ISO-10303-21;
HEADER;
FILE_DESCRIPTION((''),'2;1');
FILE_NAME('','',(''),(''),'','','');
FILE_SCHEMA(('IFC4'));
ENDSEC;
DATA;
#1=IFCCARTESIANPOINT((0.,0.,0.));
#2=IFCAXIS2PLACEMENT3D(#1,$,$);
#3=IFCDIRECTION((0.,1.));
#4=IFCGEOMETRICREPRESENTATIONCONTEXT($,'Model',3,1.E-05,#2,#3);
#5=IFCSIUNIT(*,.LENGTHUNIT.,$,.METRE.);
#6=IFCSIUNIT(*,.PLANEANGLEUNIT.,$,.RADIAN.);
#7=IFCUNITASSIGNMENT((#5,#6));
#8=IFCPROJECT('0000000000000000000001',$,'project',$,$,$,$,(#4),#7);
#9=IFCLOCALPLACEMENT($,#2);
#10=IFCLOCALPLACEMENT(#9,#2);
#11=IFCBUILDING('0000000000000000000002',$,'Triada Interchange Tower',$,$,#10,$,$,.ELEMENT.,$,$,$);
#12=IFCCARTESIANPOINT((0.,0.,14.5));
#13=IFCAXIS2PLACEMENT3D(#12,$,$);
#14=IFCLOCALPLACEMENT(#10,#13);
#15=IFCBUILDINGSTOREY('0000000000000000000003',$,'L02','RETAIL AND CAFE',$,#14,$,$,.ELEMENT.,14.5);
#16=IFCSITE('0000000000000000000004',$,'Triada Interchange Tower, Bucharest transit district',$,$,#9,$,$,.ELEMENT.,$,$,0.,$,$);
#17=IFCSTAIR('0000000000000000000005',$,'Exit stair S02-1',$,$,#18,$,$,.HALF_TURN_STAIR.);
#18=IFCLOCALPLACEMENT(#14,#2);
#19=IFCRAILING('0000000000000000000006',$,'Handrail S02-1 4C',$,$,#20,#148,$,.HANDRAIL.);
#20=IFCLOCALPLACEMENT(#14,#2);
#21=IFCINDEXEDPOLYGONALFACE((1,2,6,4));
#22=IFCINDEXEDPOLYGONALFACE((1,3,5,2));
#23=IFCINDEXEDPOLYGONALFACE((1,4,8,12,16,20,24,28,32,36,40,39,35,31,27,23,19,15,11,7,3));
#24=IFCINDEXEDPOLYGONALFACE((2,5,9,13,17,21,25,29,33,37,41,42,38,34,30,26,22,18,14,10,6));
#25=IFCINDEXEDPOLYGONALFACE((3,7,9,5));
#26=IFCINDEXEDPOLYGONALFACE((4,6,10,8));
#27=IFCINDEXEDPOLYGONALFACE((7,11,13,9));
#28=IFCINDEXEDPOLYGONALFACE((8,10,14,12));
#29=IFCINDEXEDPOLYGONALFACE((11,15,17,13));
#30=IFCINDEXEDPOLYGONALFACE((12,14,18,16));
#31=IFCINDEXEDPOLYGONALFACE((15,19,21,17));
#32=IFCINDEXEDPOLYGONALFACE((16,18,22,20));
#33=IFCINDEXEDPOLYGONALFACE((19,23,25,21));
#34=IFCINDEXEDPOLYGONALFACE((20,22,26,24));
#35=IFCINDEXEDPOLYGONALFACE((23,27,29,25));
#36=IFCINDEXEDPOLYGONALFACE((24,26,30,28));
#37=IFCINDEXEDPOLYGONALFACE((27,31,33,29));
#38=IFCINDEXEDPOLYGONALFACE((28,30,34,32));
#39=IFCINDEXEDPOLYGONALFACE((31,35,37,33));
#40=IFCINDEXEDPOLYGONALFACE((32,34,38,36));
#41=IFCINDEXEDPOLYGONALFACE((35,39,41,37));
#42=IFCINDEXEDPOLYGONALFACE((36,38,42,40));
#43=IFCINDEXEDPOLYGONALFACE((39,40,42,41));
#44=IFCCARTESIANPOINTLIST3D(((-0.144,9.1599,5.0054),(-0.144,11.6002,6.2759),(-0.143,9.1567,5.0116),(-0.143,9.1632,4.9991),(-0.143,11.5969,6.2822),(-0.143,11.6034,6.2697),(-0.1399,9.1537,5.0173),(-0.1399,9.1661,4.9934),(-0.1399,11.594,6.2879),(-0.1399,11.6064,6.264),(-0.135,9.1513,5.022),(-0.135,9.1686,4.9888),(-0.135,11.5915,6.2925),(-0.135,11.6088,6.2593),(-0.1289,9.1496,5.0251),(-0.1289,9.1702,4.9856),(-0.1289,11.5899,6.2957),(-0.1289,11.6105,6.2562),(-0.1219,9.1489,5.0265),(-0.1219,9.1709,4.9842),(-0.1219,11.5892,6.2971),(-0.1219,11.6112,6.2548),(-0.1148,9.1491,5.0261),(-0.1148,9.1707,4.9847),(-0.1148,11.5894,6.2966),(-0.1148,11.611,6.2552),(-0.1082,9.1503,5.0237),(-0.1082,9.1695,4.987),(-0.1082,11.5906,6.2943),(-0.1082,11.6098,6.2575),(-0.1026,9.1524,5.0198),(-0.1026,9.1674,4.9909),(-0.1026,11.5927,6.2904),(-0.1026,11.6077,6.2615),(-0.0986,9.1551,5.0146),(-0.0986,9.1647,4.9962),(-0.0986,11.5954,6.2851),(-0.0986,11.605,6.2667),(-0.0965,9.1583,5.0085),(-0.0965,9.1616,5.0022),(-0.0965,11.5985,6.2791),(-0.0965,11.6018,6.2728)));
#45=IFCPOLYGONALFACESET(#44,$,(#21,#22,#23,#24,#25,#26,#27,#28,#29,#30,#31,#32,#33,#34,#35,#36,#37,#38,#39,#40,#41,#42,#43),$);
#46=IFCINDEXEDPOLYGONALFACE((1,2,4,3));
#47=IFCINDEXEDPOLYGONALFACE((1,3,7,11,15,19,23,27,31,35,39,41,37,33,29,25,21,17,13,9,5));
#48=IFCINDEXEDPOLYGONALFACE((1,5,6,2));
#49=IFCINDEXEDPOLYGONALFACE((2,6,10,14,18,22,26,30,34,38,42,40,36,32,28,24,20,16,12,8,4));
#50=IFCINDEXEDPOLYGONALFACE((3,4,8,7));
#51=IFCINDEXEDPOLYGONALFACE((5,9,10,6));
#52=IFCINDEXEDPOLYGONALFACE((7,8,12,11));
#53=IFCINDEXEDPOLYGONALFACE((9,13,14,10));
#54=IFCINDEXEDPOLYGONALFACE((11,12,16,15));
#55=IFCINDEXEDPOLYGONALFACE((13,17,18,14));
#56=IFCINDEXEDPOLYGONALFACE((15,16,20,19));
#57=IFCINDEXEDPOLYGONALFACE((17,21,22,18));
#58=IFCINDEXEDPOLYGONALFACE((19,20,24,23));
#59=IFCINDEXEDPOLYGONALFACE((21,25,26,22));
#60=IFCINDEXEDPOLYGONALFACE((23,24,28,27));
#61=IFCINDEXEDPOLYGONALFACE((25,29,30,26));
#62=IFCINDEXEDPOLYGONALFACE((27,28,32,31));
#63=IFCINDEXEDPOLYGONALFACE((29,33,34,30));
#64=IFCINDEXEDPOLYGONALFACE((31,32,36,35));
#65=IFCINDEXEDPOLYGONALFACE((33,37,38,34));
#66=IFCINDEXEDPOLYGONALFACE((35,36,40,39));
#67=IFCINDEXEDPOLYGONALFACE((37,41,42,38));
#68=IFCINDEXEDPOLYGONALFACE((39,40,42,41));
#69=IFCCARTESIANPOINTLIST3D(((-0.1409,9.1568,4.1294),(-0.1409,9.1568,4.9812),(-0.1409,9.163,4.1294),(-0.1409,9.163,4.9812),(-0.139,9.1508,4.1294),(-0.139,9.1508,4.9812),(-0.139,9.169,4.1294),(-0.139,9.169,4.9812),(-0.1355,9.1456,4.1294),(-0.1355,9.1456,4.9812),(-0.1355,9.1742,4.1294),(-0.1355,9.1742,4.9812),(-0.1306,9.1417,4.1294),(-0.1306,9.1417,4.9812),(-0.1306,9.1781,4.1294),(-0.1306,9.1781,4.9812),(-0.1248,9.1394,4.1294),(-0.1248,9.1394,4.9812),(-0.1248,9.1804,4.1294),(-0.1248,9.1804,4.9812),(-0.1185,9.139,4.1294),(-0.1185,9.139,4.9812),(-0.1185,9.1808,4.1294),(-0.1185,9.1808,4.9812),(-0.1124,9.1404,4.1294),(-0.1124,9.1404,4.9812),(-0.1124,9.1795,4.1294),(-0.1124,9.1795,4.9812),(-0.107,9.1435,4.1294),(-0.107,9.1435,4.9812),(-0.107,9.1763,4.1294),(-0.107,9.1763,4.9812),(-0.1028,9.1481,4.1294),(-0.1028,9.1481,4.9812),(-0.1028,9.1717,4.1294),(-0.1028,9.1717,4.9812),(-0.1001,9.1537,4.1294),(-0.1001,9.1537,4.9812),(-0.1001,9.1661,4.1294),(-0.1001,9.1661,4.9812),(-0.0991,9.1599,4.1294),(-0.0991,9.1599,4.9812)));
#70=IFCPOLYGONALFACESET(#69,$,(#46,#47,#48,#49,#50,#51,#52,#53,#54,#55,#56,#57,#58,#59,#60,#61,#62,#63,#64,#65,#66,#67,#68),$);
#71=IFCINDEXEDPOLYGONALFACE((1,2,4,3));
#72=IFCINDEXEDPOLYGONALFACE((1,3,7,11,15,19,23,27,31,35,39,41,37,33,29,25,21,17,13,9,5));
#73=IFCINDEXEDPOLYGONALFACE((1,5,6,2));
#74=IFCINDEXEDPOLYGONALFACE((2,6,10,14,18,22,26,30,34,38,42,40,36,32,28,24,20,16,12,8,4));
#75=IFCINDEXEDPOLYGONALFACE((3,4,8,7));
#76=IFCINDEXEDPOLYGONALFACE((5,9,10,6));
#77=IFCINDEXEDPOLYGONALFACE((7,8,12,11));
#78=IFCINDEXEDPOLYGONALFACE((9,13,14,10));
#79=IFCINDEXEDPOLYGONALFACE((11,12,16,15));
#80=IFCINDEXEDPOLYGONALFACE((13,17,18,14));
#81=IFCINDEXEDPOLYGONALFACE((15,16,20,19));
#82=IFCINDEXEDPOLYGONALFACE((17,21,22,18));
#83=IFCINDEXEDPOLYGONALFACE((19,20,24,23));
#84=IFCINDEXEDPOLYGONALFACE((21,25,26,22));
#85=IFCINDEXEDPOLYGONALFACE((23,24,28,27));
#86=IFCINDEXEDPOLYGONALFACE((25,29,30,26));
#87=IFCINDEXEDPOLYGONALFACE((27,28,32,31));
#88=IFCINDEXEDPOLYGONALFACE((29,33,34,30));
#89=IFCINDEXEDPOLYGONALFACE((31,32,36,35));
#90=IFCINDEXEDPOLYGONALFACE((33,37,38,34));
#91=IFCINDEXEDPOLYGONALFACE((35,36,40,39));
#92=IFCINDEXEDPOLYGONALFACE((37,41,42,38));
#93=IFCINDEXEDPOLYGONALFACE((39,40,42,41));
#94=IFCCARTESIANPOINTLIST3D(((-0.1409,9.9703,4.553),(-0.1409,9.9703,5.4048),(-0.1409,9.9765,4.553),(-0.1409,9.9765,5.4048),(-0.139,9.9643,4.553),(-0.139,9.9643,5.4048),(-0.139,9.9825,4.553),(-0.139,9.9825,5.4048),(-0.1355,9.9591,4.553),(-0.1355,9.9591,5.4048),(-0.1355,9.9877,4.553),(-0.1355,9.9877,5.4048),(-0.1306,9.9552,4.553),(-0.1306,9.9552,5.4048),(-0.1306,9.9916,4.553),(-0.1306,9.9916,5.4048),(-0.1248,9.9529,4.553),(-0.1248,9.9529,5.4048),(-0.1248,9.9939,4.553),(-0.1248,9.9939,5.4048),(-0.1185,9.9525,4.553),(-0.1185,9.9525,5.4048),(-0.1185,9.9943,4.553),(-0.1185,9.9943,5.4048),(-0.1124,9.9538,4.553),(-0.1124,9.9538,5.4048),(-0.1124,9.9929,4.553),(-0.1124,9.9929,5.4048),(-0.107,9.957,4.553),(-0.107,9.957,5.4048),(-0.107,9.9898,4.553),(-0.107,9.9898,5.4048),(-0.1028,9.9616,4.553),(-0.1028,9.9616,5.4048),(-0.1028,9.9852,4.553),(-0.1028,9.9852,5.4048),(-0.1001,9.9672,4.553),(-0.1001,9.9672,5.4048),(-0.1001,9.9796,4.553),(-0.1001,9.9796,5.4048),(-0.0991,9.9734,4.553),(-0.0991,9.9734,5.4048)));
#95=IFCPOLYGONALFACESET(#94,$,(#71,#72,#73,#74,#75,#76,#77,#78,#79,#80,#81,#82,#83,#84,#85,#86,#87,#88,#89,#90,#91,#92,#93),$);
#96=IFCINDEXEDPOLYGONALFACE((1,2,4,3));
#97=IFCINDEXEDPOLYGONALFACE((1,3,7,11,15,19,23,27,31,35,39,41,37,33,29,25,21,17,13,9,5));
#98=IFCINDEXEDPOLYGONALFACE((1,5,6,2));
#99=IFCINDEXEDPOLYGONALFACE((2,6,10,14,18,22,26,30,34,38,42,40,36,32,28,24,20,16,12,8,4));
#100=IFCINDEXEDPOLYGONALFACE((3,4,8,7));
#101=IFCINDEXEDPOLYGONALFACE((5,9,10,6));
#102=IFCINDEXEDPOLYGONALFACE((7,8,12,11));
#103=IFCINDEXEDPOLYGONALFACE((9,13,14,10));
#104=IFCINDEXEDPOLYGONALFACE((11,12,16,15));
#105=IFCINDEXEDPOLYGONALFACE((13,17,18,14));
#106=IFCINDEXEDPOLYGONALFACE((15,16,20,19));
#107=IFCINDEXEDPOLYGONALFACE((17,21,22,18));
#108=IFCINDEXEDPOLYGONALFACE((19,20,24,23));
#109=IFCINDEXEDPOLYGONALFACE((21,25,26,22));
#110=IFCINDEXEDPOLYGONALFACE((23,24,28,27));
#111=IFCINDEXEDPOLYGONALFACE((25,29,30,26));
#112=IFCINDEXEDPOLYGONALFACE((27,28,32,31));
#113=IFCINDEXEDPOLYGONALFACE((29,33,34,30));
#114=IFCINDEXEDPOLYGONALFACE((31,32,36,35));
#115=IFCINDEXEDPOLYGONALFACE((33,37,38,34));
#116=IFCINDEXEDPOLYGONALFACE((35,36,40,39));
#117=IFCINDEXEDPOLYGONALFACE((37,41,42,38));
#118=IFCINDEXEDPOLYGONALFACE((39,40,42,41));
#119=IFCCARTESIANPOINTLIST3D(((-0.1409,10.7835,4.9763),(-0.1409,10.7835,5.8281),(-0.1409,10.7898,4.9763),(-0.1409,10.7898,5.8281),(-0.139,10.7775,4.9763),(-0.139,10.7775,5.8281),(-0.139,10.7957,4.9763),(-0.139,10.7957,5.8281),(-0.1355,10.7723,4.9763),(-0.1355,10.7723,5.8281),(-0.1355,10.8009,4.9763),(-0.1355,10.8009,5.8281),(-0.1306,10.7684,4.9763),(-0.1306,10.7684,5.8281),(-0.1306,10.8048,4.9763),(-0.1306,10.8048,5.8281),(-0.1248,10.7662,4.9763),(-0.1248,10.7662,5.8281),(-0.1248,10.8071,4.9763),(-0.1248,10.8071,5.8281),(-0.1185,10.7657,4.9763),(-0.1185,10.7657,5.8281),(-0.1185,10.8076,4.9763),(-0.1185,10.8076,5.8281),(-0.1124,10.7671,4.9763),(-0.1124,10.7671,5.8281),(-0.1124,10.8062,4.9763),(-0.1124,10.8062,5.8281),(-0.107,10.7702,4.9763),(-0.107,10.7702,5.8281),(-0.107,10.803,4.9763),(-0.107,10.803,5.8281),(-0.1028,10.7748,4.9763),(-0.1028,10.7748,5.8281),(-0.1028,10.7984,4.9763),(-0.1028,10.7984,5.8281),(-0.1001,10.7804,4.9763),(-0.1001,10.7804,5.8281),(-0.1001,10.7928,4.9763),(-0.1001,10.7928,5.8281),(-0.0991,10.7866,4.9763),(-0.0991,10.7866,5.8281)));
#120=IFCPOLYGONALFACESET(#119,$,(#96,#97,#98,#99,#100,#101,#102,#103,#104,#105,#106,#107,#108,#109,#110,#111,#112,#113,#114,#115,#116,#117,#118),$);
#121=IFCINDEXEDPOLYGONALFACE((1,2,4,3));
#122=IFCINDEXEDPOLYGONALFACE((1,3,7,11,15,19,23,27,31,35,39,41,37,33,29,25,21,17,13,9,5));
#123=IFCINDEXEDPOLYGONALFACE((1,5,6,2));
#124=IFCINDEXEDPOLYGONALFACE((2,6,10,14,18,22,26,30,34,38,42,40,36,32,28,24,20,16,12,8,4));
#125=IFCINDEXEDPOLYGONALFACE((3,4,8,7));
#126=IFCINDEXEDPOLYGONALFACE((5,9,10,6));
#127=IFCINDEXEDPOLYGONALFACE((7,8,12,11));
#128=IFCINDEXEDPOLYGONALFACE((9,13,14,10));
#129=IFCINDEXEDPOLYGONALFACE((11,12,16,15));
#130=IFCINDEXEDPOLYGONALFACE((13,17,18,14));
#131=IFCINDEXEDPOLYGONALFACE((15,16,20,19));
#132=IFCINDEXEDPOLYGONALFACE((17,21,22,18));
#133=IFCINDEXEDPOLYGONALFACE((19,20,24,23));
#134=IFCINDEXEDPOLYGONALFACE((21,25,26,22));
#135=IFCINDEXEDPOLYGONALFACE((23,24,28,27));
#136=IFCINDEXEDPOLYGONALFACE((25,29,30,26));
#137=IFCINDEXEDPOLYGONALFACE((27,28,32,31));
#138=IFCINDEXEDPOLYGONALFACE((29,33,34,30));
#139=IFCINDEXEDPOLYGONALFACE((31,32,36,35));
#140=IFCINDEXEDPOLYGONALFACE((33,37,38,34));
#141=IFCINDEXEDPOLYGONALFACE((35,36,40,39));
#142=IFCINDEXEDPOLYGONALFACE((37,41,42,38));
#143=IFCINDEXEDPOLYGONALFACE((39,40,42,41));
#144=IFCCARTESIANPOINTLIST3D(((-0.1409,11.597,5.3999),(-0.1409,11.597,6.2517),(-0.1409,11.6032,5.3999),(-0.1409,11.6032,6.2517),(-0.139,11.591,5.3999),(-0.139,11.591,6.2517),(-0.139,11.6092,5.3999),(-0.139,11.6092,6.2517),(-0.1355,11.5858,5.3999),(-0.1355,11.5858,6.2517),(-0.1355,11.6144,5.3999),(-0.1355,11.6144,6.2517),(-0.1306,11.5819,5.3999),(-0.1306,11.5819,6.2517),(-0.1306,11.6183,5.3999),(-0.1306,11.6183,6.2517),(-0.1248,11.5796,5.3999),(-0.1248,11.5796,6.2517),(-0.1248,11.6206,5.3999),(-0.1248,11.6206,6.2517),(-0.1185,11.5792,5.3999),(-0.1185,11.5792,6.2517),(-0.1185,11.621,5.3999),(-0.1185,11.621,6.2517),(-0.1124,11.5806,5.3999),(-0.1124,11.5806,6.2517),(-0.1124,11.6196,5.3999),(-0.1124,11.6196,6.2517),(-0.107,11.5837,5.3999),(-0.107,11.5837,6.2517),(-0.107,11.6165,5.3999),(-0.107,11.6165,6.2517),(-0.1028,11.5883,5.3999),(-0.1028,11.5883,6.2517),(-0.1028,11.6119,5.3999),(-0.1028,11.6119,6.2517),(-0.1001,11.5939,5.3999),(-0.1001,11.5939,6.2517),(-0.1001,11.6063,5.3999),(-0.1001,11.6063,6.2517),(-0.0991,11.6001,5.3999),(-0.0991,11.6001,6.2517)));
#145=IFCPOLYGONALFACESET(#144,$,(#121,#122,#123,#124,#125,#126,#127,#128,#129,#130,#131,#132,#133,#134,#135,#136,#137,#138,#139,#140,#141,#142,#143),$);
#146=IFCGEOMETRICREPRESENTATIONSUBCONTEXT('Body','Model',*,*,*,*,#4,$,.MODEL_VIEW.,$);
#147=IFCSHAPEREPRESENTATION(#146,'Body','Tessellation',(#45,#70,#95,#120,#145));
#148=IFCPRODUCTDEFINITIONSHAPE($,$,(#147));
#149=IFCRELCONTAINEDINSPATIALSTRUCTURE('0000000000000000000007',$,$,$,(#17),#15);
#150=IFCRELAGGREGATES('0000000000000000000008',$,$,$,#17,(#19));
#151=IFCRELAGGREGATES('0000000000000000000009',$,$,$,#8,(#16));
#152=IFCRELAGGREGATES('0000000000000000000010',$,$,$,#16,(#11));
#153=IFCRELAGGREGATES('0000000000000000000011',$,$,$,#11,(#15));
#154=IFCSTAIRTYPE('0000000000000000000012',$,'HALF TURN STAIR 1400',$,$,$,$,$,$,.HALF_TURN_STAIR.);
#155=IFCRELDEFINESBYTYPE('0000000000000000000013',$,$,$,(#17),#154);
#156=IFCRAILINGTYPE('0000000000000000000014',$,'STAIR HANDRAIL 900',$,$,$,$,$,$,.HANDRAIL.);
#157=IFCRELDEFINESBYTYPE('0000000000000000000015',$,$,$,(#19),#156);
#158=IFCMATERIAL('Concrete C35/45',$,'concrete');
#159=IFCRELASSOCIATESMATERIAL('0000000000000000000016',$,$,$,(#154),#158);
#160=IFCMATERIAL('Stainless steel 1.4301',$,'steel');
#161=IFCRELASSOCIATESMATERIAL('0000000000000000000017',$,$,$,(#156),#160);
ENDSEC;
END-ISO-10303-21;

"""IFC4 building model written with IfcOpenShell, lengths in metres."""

from ifc_helpers import new_model, si_unit, direction, frame, origin, origin_2d, place, context, subcontext, project, spatial, circle, extrude, material, type_object, element, aggregate, save


model = new_model("IFC4")

# Units and contexts
model_context = context("Model", 3, precision=1e-05, world=origin(), true_north=direction((0.0, 1.0)))
body_context = subcontext(model_context, "Body", "Model", "MODEL_VIEW")
ifc_project = project(units=[si_unit("LENGTHUNIT", "METRE"), si_unit("PLANEANGLEUNIT", "RADIAN")], contexts=[model_context])

# Site, building, storey
site_placement = place(None, origin())
site = spatial("IfcSite", under=ifc_project, at=site_placement, Name="Triada Interchange Tower, Bucharest transit district", CompositionType="ELEMENT", RefElevation=0.0)
building_placement = place(site_placement, origin())
building = spatial("IfcBuilding", under=site, at=building_placement, Name="Triada Interchange Tower", CompositionType="ELEMENT")
storey_placement = place(building_placement, frame((0.0, 0.0, 14.5)))
storey = spatial("IfcBuildingStorey", under=building, at=storey_placement, Name="L02", Description="RETAIL AND CAFE", CompositionType="ELEMENT", Elevation=14.5)

# Stair, railing
ifc_material_1 = material(Name="Concrete C35/45", Category="concrete")
stair_type = type_object("IfcStairType", Name="HALF TURN STAIR 1400", PredefinedType="HALF_TURN_STAIR", material=ifc_material_1)
stair_placement = place(storey_placement, origin())
stair = element("IfcStair", 1, at=stair_placement, inside=storey, type_object=stair_type, Name="Exit stair S02-1", PredefinedType="HALF_TURN_STAIR")
ifc_material_2 = material(Name="Stainless steel 1.4301", Category="steel")
railing_type = type_object("IfcRailingType", Name="STAIR HANDRAIL 900", PredefinedType="HANDRAIL", material=ifc_material_2)
railing_1_placement = place(storey_placement, frame((-0.1201, 9.1599, 4.1294)))
railing_1 = element("IfcRailing", 2, at=railing_1_placement, type_object=railing_type, Name="Handrail S02-1 4C", PredefinedType="HANDRAIL", context=body_context, shape_type="SweptSolid", body=[
    extrude(circle(Radius=0.0239, at=origin_2d()), frame((0.0, 0.0, 0.876), z_axis=(0.0, 0.886977, 0.461814), x_axis=(-1.0, 0.0, 0.0)), (0.0, 0.0, 1.0), 2.7512),
    extrude(circle(Radius=0.021, at=origin_2d()), origin(), (0.0, 0.0, 1.0), 0.8518),
    extrude(circle(Radius=0.021, at=origin_2d()), frame((0.0, 0.8135, 0.4236)), (0.0, 0.0, 1.0), 0.8518),
    extrude(circle(Radius=0.021, at=origin_2d()), frame((0.0, 1.6267, 0.8469)), (0.0, 0.0, 1.0), 0.8518),
    extrude(circle(Radius=0.021, at=origin_2d()), frame((0.0, 2.4402, 1.2705)), (0.0, 0.0, 1.0), 0.8518),
])
aggregate(stair, [railing_1])

save(model, "model.ifc")
